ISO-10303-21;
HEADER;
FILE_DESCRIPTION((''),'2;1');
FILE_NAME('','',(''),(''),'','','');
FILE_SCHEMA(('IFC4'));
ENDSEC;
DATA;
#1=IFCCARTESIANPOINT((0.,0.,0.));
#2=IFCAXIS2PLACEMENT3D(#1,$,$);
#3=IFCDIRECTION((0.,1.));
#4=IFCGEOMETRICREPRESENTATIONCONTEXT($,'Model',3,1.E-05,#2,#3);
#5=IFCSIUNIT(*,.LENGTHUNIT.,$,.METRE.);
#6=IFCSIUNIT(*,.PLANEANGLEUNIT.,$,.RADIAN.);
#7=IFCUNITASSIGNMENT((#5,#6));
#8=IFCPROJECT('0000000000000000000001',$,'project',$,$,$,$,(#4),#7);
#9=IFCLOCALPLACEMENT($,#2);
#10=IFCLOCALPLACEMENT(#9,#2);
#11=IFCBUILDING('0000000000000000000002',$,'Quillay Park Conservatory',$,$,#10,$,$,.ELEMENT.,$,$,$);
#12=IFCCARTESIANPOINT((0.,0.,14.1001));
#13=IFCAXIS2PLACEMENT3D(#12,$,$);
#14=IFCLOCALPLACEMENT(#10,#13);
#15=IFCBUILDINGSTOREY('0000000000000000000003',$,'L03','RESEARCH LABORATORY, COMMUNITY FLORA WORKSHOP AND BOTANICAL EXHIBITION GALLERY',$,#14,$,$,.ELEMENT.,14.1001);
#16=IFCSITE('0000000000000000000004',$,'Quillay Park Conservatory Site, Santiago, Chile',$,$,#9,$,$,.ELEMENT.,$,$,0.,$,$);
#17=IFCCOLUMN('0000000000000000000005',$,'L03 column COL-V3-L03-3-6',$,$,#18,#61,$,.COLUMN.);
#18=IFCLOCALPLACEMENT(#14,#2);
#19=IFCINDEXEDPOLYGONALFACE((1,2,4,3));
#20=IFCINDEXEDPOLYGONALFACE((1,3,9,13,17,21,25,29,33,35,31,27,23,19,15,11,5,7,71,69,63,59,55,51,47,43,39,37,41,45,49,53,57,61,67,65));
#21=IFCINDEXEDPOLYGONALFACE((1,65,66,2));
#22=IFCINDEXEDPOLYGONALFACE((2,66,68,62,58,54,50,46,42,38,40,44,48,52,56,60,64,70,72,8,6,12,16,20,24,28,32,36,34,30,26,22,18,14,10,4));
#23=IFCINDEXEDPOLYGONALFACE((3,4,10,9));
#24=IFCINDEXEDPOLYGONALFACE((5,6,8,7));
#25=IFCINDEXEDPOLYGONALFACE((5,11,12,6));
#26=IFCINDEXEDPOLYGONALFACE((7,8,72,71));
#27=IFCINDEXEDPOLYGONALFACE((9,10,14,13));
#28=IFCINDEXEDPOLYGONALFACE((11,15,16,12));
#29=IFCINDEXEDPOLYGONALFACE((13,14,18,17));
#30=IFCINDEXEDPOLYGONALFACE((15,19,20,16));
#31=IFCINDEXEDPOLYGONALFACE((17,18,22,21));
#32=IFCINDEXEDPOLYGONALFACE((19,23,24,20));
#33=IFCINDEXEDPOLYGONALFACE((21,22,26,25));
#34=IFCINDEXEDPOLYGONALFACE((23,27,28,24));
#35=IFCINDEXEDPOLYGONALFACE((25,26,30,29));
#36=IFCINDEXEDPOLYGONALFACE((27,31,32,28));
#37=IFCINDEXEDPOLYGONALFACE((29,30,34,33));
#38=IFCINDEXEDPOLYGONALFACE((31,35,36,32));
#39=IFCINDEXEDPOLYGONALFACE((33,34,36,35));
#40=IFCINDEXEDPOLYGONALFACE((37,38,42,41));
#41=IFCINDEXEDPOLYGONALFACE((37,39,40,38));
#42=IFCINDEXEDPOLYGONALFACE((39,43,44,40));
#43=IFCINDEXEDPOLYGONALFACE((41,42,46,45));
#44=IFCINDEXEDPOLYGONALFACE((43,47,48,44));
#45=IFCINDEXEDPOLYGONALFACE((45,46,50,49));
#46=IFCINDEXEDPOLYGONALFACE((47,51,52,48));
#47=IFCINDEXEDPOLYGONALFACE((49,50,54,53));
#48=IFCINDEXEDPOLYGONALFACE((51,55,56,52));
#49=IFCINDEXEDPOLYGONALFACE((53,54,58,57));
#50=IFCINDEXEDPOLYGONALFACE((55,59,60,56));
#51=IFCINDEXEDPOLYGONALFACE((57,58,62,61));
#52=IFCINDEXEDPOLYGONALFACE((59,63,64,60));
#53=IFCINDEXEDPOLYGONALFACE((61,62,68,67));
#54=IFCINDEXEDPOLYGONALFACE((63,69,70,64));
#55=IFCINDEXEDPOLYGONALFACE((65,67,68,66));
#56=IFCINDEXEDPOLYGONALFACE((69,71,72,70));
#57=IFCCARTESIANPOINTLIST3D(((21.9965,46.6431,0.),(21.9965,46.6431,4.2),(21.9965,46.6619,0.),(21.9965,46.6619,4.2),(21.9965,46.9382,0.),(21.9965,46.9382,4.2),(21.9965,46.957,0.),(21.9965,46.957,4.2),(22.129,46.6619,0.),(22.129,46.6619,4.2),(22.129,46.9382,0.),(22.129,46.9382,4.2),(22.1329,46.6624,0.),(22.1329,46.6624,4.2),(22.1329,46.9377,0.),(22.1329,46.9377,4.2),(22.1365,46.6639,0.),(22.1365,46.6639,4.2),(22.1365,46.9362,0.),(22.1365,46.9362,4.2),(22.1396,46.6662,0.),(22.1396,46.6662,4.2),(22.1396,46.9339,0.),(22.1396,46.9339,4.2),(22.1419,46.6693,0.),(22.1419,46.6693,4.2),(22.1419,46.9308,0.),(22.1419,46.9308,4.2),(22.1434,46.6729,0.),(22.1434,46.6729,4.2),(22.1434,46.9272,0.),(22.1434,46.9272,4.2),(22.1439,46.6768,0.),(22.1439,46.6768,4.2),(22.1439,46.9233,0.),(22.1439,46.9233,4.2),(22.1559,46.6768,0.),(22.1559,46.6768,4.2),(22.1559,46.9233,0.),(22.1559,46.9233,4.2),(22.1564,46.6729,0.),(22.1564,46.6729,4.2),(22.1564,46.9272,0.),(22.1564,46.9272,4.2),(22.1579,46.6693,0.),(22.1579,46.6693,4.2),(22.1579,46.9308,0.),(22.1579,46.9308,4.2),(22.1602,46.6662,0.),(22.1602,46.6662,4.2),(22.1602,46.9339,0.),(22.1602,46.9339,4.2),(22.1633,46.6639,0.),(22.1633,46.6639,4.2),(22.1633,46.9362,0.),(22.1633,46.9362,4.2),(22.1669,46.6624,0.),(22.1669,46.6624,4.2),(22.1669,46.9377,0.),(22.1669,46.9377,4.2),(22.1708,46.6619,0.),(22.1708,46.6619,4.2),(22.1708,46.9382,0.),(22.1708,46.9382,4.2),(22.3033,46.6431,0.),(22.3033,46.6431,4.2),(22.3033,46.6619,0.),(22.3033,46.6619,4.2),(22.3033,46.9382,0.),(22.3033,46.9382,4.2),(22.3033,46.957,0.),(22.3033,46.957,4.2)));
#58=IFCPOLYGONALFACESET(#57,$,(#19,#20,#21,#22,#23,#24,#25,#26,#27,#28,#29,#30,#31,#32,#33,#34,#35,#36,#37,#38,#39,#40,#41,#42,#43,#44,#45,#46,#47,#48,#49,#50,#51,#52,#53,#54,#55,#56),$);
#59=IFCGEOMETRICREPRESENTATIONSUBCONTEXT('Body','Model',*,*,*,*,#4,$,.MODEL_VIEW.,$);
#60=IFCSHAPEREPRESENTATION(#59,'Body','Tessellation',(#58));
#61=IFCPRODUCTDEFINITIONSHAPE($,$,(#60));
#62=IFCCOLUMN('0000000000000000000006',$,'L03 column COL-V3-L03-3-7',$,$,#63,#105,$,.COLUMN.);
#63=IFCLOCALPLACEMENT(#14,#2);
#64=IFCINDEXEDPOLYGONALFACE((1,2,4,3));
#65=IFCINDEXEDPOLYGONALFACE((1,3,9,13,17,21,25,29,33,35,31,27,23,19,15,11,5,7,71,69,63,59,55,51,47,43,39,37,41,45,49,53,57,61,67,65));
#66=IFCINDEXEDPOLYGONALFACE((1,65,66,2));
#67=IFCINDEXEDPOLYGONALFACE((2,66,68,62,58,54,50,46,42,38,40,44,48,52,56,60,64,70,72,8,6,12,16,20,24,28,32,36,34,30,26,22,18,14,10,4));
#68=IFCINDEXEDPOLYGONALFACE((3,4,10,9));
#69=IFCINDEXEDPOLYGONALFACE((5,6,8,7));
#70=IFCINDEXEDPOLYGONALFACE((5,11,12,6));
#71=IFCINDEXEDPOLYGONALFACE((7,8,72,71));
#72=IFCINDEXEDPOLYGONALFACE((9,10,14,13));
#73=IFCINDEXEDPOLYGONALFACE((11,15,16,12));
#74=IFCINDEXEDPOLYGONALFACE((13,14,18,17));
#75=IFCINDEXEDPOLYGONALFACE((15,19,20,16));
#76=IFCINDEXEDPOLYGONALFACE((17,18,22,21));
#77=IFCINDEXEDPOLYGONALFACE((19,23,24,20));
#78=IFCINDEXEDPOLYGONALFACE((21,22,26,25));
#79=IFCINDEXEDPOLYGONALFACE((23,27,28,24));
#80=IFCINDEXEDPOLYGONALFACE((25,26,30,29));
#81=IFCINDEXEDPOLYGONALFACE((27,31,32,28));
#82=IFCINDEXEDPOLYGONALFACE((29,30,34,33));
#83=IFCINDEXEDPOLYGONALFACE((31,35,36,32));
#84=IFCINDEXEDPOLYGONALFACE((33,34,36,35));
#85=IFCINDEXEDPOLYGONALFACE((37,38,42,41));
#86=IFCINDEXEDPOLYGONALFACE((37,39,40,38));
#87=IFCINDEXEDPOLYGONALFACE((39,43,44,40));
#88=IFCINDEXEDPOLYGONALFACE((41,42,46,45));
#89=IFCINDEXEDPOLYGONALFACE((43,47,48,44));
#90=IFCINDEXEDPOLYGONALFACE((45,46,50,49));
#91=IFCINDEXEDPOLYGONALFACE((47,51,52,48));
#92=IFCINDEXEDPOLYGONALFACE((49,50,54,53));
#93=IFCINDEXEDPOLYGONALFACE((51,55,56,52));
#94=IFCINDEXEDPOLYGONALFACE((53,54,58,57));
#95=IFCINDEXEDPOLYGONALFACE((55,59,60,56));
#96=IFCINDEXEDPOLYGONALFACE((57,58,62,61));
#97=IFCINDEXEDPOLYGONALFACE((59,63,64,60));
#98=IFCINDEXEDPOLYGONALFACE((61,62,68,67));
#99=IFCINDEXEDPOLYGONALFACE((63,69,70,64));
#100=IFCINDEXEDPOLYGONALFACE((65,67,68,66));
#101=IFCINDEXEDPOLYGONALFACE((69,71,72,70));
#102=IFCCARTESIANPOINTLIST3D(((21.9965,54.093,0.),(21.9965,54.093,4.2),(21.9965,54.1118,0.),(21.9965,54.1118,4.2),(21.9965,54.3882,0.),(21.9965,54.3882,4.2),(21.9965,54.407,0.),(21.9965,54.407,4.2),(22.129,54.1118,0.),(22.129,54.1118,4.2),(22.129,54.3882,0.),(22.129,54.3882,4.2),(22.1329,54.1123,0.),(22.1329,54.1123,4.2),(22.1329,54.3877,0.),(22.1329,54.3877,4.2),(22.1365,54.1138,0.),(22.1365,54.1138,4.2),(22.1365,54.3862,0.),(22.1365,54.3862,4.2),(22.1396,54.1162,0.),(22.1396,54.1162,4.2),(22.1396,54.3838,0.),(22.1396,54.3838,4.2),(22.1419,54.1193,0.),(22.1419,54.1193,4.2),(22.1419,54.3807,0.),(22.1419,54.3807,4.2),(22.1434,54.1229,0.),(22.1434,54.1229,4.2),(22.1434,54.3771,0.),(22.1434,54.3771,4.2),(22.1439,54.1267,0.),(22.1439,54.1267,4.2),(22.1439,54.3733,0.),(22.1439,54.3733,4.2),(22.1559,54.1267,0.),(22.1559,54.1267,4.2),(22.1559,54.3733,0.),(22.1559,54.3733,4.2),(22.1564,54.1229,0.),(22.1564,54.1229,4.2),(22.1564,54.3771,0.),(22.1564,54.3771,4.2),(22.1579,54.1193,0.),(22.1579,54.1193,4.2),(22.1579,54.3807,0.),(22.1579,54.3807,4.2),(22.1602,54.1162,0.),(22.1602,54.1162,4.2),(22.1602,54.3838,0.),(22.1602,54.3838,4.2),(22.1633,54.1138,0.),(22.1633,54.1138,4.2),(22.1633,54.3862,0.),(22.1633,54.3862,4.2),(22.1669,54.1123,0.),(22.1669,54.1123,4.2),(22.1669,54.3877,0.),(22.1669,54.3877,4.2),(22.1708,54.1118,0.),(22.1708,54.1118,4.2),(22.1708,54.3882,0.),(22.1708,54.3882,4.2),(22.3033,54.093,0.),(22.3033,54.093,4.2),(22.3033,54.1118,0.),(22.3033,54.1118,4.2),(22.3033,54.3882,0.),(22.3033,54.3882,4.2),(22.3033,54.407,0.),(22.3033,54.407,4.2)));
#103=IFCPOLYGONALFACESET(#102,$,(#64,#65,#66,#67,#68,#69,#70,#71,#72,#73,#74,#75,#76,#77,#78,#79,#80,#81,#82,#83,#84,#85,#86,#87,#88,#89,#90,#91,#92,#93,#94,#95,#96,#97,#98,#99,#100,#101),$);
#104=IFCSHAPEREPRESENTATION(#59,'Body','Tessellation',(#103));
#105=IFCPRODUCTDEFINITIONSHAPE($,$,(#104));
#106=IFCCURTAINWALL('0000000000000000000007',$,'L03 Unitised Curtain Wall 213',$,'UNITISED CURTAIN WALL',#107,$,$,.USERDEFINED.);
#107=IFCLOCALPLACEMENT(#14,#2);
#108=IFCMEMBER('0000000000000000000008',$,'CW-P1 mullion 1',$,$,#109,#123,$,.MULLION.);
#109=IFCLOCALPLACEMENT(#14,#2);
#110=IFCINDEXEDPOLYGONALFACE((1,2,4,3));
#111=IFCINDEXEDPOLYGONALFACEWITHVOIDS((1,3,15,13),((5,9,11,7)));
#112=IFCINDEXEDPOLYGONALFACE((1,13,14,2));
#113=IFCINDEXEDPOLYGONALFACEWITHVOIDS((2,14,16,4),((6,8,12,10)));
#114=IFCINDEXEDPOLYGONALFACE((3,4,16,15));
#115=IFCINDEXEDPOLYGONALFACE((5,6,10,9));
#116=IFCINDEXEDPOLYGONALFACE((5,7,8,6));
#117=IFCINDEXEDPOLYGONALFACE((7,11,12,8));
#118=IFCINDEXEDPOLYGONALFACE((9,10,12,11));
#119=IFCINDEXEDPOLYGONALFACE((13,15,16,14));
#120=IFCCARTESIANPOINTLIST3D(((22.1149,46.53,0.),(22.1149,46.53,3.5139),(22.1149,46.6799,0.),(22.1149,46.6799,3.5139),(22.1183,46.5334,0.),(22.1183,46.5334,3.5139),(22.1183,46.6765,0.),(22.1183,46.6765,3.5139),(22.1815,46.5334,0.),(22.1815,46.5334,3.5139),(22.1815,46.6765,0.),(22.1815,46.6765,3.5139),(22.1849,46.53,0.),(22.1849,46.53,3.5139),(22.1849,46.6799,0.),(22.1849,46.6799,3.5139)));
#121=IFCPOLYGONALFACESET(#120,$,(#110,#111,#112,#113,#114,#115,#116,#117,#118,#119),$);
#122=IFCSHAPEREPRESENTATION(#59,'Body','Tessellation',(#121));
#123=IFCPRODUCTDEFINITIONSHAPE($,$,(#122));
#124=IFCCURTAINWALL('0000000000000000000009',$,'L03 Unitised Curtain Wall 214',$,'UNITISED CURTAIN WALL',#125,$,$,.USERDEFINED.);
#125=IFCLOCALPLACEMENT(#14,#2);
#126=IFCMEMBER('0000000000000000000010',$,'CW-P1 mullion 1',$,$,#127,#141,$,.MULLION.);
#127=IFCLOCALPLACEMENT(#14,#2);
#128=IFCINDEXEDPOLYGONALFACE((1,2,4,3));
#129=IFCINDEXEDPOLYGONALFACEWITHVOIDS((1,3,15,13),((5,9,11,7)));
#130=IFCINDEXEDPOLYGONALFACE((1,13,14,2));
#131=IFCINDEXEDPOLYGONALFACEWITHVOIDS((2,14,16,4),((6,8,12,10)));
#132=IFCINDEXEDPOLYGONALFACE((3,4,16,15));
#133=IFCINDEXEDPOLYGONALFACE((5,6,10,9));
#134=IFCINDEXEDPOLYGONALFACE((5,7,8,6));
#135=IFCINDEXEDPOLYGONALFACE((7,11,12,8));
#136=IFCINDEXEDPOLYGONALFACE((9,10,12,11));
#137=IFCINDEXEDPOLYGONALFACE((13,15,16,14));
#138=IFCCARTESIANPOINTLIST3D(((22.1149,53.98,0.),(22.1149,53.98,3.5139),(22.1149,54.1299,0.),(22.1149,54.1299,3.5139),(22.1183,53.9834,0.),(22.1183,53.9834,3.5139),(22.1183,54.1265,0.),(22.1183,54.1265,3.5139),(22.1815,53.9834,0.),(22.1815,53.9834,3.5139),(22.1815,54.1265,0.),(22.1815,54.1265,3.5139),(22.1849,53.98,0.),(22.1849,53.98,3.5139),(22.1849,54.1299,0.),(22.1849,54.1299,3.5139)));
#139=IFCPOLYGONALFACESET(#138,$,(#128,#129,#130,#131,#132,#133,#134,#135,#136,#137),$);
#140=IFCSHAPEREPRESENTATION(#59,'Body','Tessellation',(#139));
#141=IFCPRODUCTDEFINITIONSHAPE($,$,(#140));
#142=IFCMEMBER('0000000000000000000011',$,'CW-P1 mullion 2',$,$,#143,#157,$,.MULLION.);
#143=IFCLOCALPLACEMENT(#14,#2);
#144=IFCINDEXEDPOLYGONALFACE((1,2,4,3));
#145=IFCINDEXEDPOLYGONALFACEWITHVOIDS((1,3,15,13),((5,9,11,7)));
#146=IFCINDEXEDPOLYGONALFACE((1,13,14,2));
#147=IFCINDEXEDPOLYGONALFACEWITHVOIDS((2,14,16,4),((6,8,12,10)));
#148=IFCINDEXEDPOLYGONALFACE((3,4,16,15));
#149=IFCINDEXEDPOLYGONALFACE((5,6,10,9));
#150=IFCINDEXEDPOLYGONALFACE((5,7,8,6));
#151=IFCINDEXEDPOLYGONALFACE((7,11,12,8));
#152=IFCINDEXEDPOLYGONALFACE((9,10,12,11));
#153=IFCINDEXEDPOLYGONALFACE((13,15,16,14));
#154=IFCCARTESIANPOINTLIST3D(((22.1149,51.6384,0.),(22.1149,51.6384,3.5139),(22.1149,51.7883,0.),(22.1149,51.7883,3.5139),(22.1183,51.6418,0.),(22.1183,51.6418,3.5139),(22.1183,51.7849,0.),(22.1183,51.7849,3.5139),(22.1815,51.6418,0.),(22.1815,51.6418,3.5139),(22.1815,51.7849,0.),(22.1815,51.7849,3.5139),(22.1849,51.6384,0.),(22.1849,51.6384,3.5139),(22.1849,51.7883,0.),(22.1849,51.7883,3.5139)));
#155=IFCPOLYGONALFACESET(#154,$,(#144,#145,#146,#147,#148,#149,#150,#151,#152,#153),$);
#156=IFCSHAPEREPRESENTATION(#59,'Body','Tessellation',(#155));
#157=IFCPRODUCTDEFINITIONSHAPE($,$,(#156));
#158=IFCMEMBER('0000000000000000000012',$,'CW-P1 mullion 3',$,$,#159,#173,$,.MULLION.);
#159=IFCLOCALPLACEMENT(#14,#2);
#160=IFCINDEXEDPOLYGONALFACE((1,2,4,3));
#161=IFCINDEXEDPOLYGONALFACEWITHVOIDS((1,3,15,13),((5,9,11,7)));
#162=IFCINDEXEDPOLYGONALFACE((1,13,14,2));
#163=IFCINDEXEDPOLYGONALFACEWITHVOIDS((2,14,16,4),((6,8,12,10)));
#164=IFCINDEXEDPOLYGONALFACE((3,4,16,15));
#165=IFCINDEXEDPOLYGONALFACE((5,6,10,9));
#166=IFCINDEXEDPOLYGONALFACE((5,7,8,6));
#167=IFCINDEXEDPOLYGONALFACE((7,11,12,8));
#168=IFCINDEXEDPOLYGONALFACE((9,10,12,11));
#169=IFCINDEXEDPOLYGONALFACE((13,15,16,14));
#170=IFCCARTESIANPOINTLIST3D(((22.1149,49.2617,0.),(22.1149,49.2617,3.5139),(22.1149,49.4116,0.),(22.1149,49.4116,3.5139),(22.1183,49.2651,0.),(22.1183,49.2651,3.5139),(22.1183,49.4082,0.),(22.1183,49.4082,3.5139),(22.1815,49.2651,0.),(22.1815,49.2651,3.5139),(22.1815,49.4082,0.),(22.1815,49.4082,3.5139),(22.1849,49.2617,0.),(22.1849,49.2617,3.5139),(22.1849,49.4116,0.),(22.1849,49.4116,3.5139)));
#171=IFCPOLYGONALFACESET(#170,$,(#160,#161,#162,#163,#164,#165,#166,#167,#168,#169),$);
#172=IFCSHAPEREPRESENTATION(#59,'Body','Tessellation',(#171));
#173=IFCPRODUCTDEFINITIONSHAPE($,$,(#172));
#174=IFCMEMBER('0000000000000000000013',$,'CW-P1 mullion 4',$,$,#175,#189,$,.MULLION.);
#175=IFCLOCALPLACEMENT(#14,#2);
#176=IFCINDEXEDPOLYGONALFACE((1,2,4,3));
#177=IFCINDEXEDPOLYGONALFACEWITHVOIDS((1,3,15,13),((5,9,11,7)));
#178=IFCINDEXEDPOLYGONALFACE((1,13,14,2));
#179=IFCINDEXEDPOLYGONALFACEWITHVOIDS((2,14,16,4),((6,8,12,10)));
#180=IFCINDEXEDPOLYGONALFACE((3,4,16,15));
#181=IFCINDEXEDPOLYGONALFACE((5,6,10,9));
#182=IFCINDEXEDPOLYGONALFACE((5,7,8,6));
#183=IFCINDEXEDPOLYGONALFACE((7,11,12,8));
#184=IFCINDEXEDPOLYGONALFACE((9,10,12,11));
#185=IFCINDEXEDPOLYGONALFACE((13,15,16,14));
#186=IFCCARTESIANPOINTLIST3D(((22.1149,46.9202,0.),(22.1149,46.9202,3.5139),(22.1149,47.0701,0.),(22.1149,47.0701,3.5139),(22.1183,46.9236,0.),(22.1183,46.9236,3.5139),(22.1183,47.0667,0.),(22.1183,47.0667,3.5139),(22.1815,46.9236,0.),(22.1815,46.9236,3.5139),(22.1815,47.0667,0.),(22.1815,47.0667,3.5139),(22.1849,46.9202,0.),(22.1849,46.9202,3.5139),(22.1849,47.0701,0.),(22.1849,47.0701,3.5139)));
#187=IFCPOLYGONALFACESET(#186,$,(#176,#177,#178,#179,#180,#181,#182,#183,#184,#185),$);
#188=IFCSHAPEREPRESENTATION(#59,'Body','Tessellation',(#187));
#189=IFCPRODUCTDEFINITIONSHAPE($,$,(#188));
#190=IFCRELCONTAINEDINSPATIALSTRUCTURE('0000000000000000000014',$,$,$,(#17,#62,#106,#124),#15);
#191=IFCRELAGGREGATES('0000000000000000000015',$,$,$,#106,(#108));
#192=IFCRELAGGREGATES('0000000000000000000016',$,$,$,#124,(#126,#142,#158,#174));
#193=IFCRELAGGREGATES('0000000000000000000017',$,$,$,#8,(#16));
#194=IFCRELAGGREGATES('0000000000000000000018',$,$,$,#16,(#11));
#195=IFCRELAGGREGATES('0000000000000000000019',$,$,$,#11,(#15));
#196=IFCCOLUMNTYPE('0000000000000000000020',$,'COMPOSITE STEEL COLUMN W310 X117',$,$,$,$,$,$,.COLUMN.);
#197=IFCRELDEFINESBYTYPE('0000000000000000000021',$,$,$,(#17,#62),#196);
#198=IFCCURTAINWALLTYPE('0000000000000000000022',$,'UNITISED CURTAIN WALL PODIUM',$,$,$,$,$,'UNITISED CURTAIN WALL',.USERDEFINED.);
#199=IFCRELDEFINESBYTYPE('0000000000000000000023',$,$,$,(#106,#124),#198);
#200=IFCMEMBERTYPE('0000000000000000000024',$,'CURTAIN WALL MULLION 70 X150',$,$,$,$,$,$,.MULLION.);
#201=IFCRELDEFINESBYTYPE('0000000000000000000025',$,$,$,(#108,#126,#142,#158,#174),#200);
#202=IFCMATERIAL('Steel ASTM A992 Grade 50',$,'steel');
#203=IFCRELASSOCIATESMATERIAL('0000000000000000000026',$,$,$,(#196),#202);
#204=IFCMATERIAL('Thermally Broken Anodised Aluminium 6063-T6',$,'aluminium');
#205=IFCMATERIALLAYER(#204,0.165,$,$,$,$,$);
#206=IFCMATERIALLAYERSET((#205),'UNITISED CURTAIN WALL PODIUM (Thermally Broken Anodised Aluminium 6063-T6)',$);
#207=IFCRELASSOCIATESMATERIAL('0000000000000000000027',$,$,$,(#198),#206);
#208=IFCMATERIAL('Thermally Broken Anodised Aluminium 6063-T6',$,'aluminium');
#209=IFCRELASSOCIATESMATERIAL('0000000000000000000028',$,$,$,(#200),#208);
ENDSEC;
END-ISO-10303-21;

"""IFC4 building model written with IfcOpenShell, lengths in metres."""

from ifc_helpers import new_model, si_unit, direction, frame, origin, origin_2d, place, context, subcontext, project, spatial, hollow_rectangle, i_section, extrude, material, layer, layer_set, material_profile, profile_set, type_object, element, aggregate, save


model = new_model("IFC4")

# Units and contexts
model_context = context("Model", 3, precision=1e-05, world=origin(), true_north=direction((0.0, 1.0)))
body_context = subcontext(model_context, "Body", "Model", "MODEL_VIEW")
ifc_project = project(units=[si_unit("LENGTHUNIT", "METRE"), si_unit("PLANEANGLEUNIT", "RADIAN")], contexts=[model_context])

# Site, building, storey
site_placement = place(None, origin())
site = spatial("IfcSite", under=ifc_project, at=site_placement, Name="Quillay Park Conservatory Site, Santiago, Chile", CompositionType="ELEMENT", RefElevation=0.0)
building_placement = place(site_placement, origin())
building = spatial("IfcBuilding", under=site, at=building_placement, Name="Quillay Park Conservatory", CompositionType="ELEMENT")
storey_placement = place(building_placement, frame((0.0, 0.0, 14.1001)))
storey = spatial("IfcBuildingStorey", under=building, at=storey_placement, Name="L03", Description="RESEARCH LABORATORY, COMMUNITY FLORA WORKSHOP AND BOTANICAL EXHIBITION GALLERY", CompositionType="ELEMENT", Elevation=14.1001)

# Columns
ifc_material_1 = material(Name="Steel ASTM A992 Grade 50", Category="steel")
ifc_material_profile_1 = material_profile(ifc_material_1, i_section(OverallWidth=0.3069, OverallDepth=0.314, WebThickness=0.012, FlangeThickness=0.0188, FilletRadius=0.0149, at=origin_2d()), Name="W310x117")
ifc_profile_set_1 = profile_set([ifc_material_profile_1], Name="Steel ASTM A992 Grade 50")
column_type = type_object("IfcColumnType", Name="COMPOSITE STEEL COLUMN W310 X117", PredefinedType="COLUMN", material=ifc_profile_set_1)
for number, where, z_axis, x_axis, name in (
    (1, (22.1499, 46.8, 0.0), (0.0, 0.0, 1.0), (1.0, 0.0, 0.0), "L03 column COL-V3-L03-3-6"),
    (2, (22.1499, 54.25, 0.0), (0.0, 0.0, 1.0), (1.0, 0.0, 0.0), "L03 column COL-V3-L03-3-7"),
):
    element("IfcColumn", number, at=place(storey_placement, frame(where, z_axis=z_axis, x_axis=x_axis)), inside=storey, type_object=column_type, Name=name, PredefinedType="COLUMN", context=body_context, shape_type="SweptSolid", body=[
        extrude(i_section(OverallWidth=0.3069, OverallDepth=0.314, WebThickness=0.012, FlangeThickness=0.0188, FilletRadius=0.0149, at=origin_2d()), origin(), (0.0, 0.0, 1.0), 4.2),
    ])

# Curtain wall, member
ifc_material_2 = material(Name="Thermally Broken Anodised Aluminium 6063-T6", Category="aluminium")
ifc_layer_1 = layer(ifc_material_2, 0.165)
ifc_layer_set_1 = layer_set([ifc_layer_1], Name="UNITISED CURTAIN WALL PODIUM (Thermally Broken Anodised Aluminium 6063-T6)")
curtain_wall_type = type_object("IfcCurtainWallType", Name="UNITISED CURTAIN WALL PODIUM", ElementType="UNITISED CURTAIN WALL", PredefinedType="USERDEFINED", material=ifc_layer_set_1)
curtain_wall_1_placement = place(storey_placement, origin())
curtain_wall_1 = element("IfcCurtainWall", 3, at=curtain_wall_1_placement, inside=storey, type_object=curtain_wall_type, Name="L03 Unitised Curtain Wall 213", ObjectType="UNITISED CURTAIN WALL", PredefinedType="USERDEFINED")
ifc_material_3 = material(Name="Thermally Broken Anodised Aluminium 6063-T6", Category="aluminium")
ifc_material_profile_2 = material_profile(ifc_material_3, hollow_rectangle(XDim=0.0701, YDim=0.1499, WallThickness=0.0034, at=origin_2d()), Name="AL70x150x3.5")
ifc_profile_set_2 = profile_set([ifc_material_profile_2], Name="Thermally Broken Anodised Aluminium 6063-T6")
member_type_1 = type_object("IfcMemberType", Name="CURTAIN WALL MULLION 70 X150", PredefinedType="MULLION", material=ifc_profile_set_2)
member_1_placement = place(storey_placement, frame((22.1499, 46.605, 0.0), z_axis=(0.0, 0.0, 1.0), x_axis=(1.0, 0.0, 0.0)))
member_1 = element("IfcMember", 4, at=member_1_placement, type_object=member_type_1, Name="CW-P1 mullion 1", PredefinedType="MULLION", context=body_context, shape_type="SweptSolid", body=[
    extrude(hollow_rectangle(XDim=0.0701, YDim=0.1499, WallThickness=0.0034, at=origin_2d()), origin(), (0.0, 0.0, 1.0), 3.5139),
])
aggregate(curtain_wall_1, [member_1])

# Curtain wall, members
curtain_wall_2_placement = place(storey_placement, origin())
curtain_wall_2 = element("IfcCurtainWall", 5, at=curtain_wall_2_placement, inside=storey, type_object=curtain_wall_type, Name="L03 Unitised Curtain Wall 214", ObjectType="UNITISED CURTAIN WALL", PredefinedType="USERDEFINED")
member_2_placement = place(storey_placement, frame((22.1499, 54.0549, 0.0), z_axis=(0.0, 0.0, 1.0), x_axis=(1.0, 0.0, 0.0)))
member_2 = element("IfcMember", 6, at=member_2_placement, type_object=member_type_1, Name="CW-P1 mullion 1", PredefinedType="MULLION", context=body_context, shape_type="SweptSolid", body=[
    extrude(hollow_rectangle(XDim=0.0701, YDim=0.1499, WallThickness=0.0034, at=origin_2d()), origin(), (0.0, 0.0, 1.0), 3.5139),
])
member_3_placement = place(storey_placement, frame((22.1499, 51.7134, 0.0), z_axis=(0.0, 0.0, 1.0), x_axis=(1.0, 0.0, 0.0)))
member_3 = element("IfcMember", 7, at=member_3_placement, type_object=member_type_1, Name="CW-P1 mullion 2", PredefinedType="MULLION", context=body_context, shape_type="SweptSolid", body=[
    extrude(hollow_rectangle(XDim=0.0701, YDim=0.1499, WallThickness=0.0034, at=origin_2d()), origin(), (0.0, 0.0, 1.0), 3.5139),
])
member_4_placement = place(storey_placement, frame((22.1499, 49.3367, 0.0), z_axis=(0.0, 0.0, 1.0), x_axis=(1.0, 0.0, 0.0)))
member_4 = element("IfcMember", 8, at=member_4_placement, type_object=member_type_1, Name="CW-P1 mullion 3", PredefinedType="MULLION", context=body_context, shape_type="SweptSolid", body=[
    extrude(hollow_rectangle(XDim=0.0701, YDim=0.1499, WallThickness=0.0034, at=origin_2d()), origin(), (0.0, 0.0, 1.0), 3.5139),
])
member_5_placement = place(storey_placement, frame((22.1499, 46.9951, 0.0), z_axis=(0.0, 0.0, 1.0), x_axis=(1.0, 0.0, 0.0)))
member_5 = element("IfcMember", 9, at=member_5_placement, type_object=member_type_1, Name="CW-P1 mullion 4", PredefinedType="MULLION", context=body_context, shape_type="SweptSolid", body=[
    extrude(hollow_rectangle(XDim=0.0701, YDim=0.1499, WallThickness=0.0034, at=origin_2d()), origin(), (0.0, 0.0, 1.0), 3.5139),
])

aggregate(curtain_wall_2, [member_2, member_3, member_4, member_5])

save(model, "model.ifc")
